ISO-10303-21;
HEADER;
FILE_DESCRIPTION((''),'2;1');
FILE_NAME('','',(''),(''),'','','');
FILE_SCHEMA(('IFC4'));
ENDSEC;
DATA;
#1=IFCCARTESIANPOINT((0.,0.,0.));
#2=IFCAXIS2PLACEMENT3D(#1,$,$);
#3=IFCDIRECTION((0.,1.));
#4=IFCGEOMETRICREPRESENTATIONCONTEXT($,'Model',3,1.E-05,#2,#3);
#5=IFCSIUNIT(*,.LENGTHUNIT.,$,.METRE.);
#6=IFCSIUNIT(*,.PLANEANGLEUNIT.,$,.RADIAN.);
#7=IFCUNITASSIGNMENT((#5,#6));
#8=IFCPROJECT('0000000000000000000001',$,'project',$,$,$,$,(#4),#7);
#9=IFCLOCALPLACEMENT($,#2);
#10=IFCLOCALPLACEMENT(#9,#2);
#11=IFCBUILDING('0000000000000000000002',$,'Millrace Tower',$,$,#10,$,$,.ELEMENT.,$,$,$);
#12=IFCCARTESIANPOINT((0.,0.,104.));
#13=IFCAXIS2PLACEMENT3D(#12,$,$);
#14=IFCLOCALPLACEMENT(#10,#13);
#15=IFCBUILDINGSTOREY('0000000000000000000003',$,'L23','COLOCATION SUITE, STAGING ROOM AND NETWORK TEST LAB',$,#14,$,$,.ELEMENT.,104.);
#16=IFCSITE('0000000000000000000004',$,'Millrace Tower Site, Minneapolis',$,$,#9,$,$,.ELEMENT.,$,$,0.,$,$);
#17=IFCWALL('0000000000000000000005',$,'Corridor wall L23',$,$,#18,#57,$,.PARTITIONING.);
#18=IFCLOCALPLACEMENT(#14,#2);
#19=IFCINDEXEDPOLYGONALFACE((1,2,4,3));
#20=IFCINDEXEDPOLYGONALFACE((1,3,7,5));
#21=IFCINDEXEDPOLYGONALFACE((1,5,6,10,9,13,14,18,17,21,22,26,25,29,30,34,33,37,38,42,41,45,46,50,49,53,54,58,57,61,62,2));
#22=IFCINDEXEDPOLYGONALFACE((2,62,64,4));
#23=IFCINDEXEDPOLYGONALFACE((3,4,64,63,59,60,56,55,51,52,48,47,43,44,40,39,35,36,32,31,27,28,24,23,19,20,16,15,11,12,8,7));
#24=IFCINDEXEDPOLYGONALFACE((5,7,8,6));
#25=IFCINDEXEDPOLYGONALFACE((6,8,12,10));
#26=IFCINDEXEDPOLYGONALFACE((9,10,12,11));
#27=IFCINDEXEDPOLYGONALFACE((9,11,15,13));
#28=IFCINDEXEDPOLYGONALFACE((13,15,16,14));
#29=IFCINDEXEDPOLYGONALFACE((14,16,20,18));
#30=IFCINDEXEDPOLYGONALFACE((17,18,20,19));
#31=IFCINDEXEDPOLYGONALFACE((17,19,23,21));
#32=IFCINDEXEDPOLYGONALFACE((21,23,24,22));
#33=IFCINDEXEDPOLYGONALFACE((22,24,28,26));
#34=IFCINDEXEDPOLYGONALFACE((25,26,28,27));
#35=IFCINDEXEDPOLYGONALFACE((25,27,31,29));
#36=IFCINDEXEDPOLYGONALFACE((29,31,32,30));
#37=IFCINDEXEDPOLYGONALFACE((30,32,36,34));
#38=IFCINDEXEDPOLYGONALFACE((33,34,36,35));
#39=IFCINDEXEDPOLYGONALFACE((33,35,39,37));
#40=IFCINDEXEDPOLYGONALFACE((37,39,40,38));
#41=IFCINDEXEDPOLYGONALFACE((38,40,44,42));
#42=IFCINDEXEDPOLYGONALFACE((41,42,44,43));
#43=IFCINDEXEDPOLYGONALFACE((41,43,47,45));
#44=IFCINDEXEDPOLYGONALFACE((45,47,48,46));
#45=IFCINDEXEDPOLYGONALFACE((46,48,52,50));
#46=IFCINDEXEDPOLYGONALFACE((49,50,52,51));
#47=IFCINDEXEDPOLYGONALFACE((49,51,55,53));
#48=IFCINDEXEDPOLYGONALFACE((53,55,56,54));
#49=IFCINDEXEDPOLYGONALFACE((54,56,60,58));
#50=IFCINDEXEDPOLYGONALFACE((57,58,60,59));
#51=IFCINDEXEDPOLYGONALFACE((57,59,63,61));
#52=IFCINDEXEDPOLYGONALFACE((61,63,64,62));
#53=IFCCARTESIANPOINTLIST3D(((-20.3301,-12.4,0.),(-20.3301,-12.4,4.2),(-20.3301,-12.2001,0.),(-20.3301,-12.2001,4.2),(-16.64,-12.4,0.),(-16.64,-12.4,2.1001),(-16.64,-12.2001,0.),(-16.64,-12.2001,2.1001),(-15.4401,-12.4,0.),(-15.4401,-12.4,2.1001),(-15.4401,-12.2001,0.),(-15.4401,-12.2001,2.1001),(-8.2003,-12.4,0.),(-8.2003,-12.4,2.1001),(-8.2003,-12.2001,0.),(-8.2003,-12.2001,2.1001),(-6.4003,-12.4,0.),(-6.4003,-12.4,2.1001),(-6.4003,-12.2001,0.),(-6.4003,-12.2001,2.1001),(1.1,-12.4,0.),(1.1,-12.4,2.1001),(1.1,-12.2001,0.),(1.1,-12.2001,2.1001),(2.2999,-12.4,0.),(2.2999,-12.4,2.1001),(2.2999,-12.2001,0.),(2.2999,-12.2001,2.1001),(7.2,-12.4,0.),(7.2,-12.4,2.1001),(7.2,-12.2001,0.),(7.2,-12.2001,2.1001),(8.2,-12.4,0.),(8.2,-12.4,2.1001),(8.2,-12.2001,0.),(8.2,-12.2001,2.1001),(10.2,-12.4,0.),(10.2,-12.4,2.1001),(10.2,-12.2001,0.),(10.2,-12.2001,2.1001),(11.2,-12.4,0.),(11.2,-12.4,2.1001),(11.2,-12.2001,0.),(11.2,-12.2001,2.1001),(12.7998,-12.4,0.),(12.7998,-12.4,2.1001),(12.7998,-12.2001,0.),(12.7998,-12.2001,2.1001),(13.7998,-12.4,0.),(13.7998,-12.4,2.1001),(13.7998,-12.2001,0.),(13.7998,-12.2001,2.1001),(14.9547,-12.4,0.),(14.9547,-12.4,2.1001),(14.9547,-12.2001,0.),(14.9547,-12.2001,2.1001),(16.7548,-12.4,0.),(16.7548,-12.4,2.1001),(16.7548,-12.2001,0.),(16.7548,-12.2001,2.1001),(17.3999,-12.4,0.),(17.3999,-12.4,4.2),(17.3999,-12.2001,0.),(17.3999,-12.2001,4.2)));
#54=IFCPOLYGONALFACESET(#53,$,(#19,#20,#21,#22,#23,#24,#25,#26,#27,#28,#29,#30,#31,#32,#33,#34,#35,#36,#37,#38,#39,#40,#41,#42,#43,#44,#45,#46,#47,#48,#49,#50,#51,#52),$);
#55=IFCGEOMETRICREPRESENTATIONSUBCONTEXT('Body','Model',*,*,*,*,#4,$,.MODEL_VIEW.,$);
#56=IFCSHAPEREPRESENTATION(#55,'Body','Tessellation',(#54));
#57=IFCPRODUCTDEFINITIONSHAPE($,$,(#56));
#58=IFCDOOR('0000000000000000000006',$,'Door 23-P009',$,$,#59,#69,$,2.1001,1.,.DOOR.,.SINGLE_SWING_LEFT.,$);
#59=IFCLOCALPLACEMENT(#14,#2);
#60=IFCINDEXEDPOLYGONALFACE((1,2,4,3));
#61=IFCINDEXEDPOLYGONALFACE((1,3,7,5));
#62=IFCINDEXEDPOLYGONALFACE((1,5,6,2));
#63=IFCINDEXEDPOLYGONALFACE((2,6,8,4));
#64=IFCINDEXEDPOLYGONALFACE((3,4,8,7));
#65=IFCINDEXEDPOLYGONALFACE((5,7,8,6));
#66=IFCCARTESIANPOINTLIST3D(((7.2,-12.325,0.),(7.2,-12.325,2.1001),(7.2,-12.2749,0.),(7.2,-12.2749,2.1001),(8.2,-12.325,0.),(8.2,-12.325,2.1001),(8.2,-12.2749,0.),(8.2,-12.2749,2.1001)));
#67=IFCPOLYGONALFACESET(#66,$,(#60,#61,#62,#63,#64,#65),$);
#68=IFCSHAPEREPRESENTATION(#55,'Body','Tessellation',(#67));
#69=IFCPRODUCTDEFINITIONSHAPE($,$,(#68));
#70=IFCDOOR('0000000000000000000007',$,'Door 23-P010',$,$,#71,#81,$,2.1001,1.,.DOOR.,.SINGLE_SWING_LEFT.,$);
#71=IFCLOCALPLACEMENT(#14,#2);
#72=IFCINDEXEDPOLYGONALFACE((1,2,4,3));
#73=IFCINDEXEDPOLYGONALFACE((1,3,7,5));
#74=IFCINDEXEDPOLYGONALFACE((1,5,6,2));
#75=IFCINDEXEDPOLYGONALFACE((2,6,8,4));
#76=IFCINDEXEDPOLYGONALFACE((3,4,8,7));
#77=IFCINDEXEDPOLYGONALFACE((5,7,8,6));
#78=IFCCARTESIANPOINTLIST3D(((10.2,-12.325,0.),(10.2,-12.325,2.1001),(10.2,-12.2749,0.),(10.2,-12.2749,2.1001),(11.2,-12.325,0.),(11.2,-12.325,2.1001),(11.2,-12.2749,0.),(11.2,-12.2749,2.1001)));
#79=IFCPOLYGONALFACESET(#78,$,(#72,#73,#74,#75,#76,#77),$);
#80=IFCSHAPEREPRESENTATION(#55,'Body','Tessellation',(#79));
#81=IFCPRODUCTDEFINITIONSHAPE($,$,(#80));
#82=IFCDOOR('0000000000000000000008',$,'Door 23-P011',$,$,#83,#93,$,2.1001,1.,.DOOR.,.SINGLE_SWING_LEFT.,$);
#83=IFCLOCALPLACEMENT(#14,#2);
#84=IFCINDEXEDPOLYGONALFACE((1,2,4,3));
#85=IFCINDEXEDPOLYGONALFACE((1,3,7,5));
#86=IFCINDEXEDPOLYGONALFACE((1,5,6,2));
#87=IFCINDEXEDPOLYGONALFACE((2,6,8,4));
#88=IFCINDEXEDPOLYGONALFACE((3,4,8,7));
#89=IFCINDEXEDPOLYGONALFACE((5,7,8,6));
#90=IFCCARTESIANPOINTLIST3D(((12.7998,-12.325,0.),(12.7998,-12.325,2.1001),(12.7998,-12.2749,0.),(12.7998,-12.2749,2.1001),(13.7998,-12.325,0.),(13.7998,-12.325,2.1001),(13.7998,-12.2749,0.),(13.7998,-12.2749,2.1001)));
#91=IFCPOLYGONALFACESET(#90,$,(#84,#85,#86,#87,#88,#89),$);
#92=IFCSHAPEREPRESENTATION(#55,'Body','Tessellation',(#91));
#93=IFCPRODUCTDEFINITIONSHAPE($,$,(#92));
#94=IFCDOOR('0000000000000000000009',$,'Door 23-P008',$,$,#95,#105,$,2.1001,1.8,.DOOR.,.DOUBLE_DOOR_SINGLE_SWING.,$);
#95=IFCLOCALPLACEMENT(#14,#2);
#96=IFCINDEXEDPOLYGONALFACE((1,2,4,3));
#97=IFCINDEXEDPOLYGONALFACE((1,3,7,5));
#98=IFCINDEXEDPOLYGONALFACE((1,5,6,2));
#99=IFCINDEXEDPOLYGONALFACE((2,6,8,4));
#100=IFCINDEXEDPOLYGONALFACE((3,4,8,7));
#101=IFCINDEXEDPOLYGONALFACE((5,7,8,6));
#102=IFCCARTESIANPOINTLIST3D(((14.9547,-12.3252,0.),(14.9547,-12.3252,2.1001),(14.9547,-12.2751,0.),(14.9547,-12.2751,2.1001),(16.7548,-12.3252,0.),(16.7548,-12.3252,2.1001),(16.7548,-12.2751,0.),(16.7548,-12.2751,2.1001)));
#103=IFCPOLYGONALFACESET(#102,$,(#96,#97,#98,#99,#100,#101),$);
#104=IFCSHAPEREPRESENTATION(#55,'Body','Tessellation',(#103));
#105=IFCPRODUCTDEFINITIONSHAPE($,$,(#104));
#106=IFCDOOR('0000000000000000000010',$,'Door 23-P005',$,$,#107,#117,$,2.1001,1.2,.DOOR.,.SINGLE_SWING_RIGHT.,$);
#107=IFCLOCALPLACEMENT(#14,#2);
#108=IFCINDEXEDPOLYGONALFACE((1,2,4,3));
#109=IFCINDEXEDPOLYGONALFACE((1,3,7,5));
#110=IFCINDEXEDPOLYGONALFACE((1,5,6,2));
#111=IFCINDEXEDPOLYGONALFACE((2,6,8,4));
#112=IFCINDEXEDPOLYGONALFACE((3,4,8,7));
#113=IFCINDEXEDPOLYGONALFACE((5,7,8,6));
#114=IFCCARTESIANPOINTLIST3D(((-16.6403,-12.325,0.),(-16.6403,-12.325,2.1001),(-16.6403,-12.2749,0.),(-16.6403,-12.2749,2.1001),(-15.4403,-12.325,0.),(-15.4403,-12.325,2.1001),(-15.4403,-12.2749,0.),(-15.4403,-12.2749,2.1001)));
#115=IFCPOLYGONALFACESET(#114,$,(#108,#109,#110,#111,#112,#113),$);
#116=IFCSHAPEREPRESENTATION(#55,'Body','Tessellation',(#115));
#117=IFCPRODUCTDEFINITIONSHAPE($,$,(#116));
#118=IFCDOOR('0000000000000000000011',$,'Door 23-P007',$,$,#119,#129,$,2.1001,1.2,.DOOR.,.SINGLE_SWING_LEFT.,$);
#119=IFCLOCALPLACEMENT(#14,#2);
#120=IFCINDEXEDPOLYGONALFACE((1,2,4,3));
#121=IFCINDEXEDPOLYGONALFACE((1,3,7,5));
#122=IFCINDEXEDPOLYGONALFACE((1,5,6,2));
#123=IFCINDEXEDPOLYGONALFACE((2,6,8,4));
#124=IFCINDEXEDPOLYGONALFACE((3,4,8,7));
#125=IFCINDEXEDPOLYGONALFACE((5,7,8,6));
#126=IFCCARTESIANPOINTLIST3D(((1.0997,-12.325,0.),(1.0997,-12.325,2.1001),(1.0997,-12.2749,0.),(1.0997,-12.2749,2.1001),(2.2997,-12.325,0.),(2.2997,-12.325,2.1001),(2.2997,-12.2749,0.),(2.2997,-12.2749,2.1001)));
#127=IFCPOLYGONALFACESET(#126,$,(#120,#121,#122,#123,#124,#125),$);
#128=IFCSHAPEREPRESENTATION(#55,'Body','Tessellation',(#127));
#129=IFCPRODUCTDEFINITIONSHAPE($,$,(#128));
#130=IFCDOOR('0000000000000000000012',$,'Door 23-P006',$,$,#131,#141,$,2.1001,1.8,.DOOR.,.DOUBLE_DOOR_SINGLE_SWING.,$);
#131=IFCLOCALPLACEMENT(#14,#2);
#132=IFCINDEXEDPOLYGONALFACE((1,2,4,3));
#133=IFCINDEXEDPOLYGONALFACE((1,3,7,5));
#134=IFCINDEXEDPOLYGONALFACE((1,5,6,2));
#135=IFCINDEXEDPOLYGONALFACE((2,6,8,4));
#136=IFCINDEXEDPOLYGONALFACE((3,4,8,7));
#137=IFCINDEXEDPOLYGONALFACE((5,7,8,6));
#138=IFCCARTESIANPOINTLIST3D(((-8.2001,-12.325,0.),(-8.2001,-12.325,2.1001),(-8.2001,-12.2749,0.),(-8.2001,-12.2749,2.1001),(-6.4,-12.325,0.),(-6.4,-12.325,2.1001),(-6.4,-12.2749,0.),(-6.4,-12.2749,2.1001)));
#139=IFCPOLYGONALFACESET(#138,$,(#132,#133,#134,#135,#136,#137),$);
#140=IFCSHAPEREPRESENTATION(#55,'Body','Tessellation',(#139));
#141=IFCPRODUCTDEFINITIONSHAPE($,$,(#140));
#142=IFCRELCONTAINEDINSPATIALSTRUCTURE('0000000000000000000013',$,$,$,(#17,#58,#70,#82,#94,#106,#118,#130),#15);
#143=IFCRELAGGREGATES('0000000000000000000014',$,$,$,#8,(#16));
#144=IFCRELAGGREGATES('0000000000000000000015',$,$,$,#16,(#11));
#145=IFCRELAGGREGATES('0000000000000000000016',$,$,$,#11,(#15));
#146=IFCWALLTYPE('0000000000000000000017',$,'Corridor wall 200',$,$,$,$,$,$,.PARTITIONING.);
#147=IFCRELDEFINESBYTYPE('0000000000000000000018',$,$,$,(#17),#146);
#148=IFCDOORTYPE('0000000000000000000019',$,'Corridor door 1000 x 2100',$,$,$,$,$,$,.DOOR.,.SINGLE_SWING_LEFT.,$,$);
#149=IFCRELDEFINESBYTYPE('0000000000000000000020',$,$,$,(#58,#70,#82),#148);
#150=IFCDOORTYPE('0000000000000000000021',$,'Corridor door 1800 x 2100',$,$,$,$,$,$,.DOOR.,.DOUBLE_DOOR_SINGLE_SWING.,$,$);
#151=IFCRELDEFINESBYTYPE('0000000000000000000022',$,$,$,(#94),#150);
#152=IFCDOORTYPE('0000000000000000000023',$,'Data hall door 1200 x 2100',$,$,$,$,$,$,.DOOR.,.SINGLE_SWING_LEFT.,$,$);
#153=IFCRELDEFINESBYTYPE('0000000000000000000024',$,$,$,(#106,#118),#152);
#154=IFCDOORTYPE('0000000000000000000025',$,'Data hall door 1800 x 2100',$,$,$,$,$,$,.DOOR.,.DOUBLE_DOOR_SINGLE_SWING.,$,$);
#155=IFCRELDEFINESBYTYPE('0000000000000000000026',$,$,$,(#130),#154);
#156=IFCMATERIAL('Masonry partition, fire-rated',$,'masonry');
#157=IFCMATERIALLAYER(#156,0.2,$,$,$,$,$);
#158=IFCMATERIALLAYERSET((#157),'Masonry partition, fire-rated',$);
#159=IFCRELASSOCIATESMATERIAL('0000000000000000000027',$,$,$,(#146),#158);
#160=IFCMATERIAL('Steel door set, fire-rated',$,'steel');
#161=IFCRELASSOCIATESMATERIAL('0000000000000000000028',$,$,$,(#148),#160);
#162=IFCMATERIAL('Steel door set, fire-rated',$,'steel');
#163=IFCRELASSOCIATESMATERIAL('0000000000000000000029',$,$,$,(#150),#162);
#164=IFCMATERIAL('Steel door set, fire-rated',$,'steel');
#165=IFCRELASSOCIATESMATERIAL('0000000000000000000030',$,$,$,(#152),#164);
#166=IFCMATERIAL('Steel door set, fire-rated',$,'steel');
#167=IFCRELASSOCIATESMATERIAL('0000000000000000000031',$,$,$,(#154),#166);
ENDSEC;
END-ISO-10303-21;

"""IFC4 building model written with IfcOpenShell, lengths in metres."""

from ifc_helpers import new_model, si_unit, direction, frame, frame_2d, origin, place, context, subcontext, project, spatial, rectangle, extrude, material, layer, layer_set, type_object, element, fill, save


model = new_model("IFC4")

# Units and contexts
model_context = context("Model", 3, precision=1e-05, world=origin(), true_north=direction((0.0, 1.0)))
body_context = subcontext(model_context, "Body", "Model", "MODEL_VIEW")
ifc_project = project(units=[si_unit("LENGTHUNIT", "METRE"), si_unit("PLANEANGLEUNIT", "RADIAN")], contexts=[model_context])

# Site, building, storey
site_placement = place(None, origin())
site = spatial("IfcSite", under=ifc_project, at=site_placement, Name="Millrace Tower Site, Minneapolis", CompositionType="ELEMENT", RefElevation=0.0)
building_placement = place(site_placement, origin())
building = spatial("IfcBuilding", under=site, at=building_placement, Name="Millrace Tower", CompositionType="ELEMENT")
storey_placement = place(building_placement, frame((0.0, 0.0, 104.0)))
storey = spatial("IfcBuildingStorey", under=building, at=storey_placement, Name="L23", Description="COLOCATION SUITE, STAGING ROOM AND NETWORK TEST LAB", CompositionType="ELEMENT", Elevation=104.0)

# Wall, openings, doors
ifc_material_1 = material(Name="Masonry partition, fire-rated", Category="masonry")
ifc_layer_1 = layer(ifc_material_1, 0.2)
ifc_layer_set_1 = layer_set([ifc_layer_1], Name="Masonry partition, fire-rated")
wall_type = type_object("IfcWallType", Name="Corridor wall 200", PredefinedType="PARTITIONING", material=ifc_layer_set_1)
wall_placement = place(storey_placement, frame((-20.3301, -12.3, 0.0), z_axis=(0.0, 0.0, 1.0), x_axis=(1.0, 0.0, 0.0)))
wall = element("IfcWall", 1, at=wall_placement, inside=storey, type_object=wall_type, Name="Corridor wall L23", PredefinedType="PARTITIONING", context=body_context, shape_type="SweptSolid", body=[
    extrude(rectangle(XDim=37.73, YDim=0.2, at=frame_2d((18.865, 0.0))), origin(), (0.0, 0.0, 1.0), 4.2),
])
opening_1_placement = place(wall_placement, frame((3.6899, 0.0, 0.0)))
opening_1 = element("IfcOpeningElement", 2, at=opening_1_placement, cuts=wall, PredefinedType="OPENING", context=body_context, shape_type="SweptSolid", body=[
    extrude(rectangle(XDim=1.2, YDim=2.1001, at=frame_2d((0.6001, 1.05))), frame((0.0, 0.1099, 0.0), z_axis=(0.0, -1.0, 0.0), x_axis=(1.0, 0.0, 0.0)), (0.0, 0.0, 1.0), 0.22),
])
opening_2_placement = place(wall_placement, frame((12.1299, 0.0, 0.0)))
opening_2 = element("IfcOpeningElement", 3, at=opening_2_placement, cuts=wall, PredefinedType="OPENING", context=body_context, shape_type="SweptSolid", body=[
    extrude(rectangle(XDim=1.8, YDim=2.1001, at=frame_2d((0.8999, 1.05))), frame((0.0, 0.1099, 0.0), z_axis=(0.0, -1.0, 0.0), x_axis=(1.0, 0.0, 0.0)), (0.0, 0.0, 1.0), 0.22),
])
opening_3_placement = place(wall_placement, frame((21.4299, 0.0, 0.0)))
opening_3 = element("IfcOpeningElement", 4, at=opening_3_placement, cuts=wall, PredefinedType="OPENING", context=body_context, shape_type="SweptSolid", body=[
    extrude(rectangle(XDim=1.2, YDim=2.1001, at=frame_2d((0.6001, 1.05))), frame((0.0, 0.1099, 0.0), z_axis=(0.0, -1.0, 0.0), x_axis=(1.0, 0.0, 0.0)), (0.0, 0.0, 1.0), 0.22),
])
opening_4_placement = place(wall_placement, frame((35.2849, 0.0, 0.0)))
opening_4 = element("IfcOpeningElement", 5, at=opening_4_placement, cuts=wall, PredefinedType="OPENING", context=body_context, shape_type="SweptSolid", body=[
    extrude(rectangle(XDim=1.8, YDim=2.1001, at=frame_2d((0.8999, 1.05))), frame((0.0, 0.1099, 0.0), z_axis=(0.0, -1.0, 0.0), x_axis=(1.0, 0.0, 0.0)), (0.0, 0.0, 1.0), 0.22),
])
opening_5_placement = place(wall_placement, frame((27.53, 0.0, 0.0)))
opening_5 = element("IfcOpeningElement", 6, at=opening_5_placement, cuts=wall, PredefinedType="OPENING", context=body_context, shape_type="SweptSolid", body=[
    extrude(rectangle(XDim=1.0, YDim=2.1001, at=frame_2d((0.5, 1.05))), frame((0.0, 0.1099, 0.0), z_axis=(0.0, -1.0, 0.0), x_axis=(1.0, 0.0, 0.0)), (0.0, 0.0, 1.0), 0.22),
])
opening_6_placement = place(wall_placement, frame((30.53, 0.0, 0.0)))
opening_6 = element("IfcOpeningElement", 7, at=opening_6_placement, cuts=wall, PredefinedType="OPENING", context=body_context, shape_type="SweptSolid", body=[
    extrude(rectangle(XDim=1.0, YDim=2.1001, at=frame_2d((0.5, 1.05))), frame((0.0, 0.1099, 0.0), z_axis=(0.0, -1.0, 0.0), x_axis=(1.0, 0.0, 0.0)), (0.0, 0.0, 1.0), 0.22),
])
opening_7_placement = place(wall_placement, frame((33.1299, 0.0, 0.0)))
opening_7 = element("IfcOpeningElement", 8, at=opening_7_placement, cuts=wall, PredefinedType="OPENING", context=body_context, shape_type="SweptSolid", body=[
    extrude(rectangle(XDim=1.0, YDim=2.1001, at=frame_2d((0.5, 1.05))), frame((0.0, 0.1099, 0.0), z_axis=(0.0, -1.0, 0.0), x_axis=(1.0, 0.0, 0.0)), (0.0, 0.0, 1.0), 0.22),
])
ifc_material_2 = material(Name="Steel door set, fire-rated", Category="steel")
door_type_1 = type_object("IfcDoorType", Name="Corridor door 1000 x 2100", OperationType="SINGLE_SWING_LEFT", PredefinedType="DOOR", material=ifc_material_2)
door_1_placement = place(opening_5_placement, frame((1.0, 0.0, 0.0), z_axis=(0.0, 0.0, 1.0), x_axis=(-1.0, 0.0, 0.0)))
door_1 = element("IfcDoor", 9, at=door_1_placement, inside=storey, type_object=door_type_1, Name="Door 23-P009", OperationType="SINGLE_SWING_LEFT", OverallHeight=2.1001, OverallWidth=1.0, PredefinedType="DOOR", context=body_context, shape_type="SweptSolid", body=[
    extrude(rectangle(XDim=1.0, YDim=2.1001, at=frame_2d((0.5, 1.05))), frame((0.0, 0.0249, 0.0), z_axis=(0.0, -1.0, 0.0), x_axis=(1.0, 0.0, 0.0)), (0.0, 0.0, 1.0), 0.05),
])
fill(opening_5, door_1)
door_2_placement = place(opening_6_placement, frame((1.0, 0.0, 0.0), z_axis=(0.0, 0.0, 1.0), x_axis=(-1.0, 0.0, 0.0)))
door_2 = element("IfcDoor", 10, at=door_2_placement, inside=storey, type_object=door_type_1, Name="Door 23-P010", OperationType="SINGLE_SWING_LEFT", OverallHeight=2.1001, OverallWidth=1.0, PredefinedType="DOOR", context=body_context, shape_type="SweptSolid", body=[
    extrude(rectangle(XDim=1.0, YDim=2.1001, at=frame_2d((0.5, 1.05))), frame((0.0, 0.0249, 0.0), z_axis=(0.0, -1.0, 0.0), x_axis=(1.0, 0.0, 0.0)), (0.0, 0.0, 1.0), 0.05),
])
fill(opening_6, door_2)
door_3_placement = place(opening_7_placement, frame((1.0, 0.0, 0.0), z_axis=(0.0, 0.0, 1.0), x_axis=(-1.0, 0.0, 0.0)))
door_3 = element("IfcDoor", 11, at=door_3_placement, inside=storey, type_object=door_type_1, Name="Door 23-P011", OperationType="SINGLE_SWING_LEFT", OverallHeight=2.1001, OverallWidth=1.0, PredefinedType="DOOR", context=body_context, shape_type="SweptSolid", body=[
    extrude(rectangle(XDim=1.0, YDim=2.1001, at=frame_2d((0.5, 1.05))), frame((0.0, 0.0249, 0.0), z_axis=(0.0, -1.0, 0.0), x_axis=(1.0, 0.0, 0.0)), (0.0, 0.0, 1.0), 0.05),
])
fill(opening_7, door_3)
ifc_material_3 = material(Name="Steel door set, fire-rated", Category="steel")
door_type_2 = type_object("IfcDoorType", Name="Corridor door 1800 x 2100", OperationType="DOUBLE_DOOR_SINGLE_SWING", PredefinedType="DOOR", material=ifc_material_3)
door_4_placement = place(opening_4_placement, origin())
door_4 = element("IfcDoor", 12, at=door_4_placement, inside=storey, type_object=door_type_2, Name="Door 23-P008", OperationType="DOUBLE_DOOR_SINGLE_SWING", OverallHeight=2.1001, OverallWidth=1.8, PredefinedType="DOOR", context=body_context, shape_type="SweptSolid", body=[
    extrude(rectangle(XDim=1.8, YDim=2.1001, at=frame_2d((0.8999, 1.05))), frame((0.0, 0.0249, 0.0), z_axis=(0.0, -1.0, 0.0), x_axis=(1.0, 0.0, 0.0)), (0.0, 0.0, 1.0), 0.05),
])
fill(opening_4, door_4)
ifc_material_4 = material(Name="Steel door set, fire-rated", Category="steel")
door_type_3 = type_object("IfcDoorType", Name="Data hall door 1200 x 2100", OperationType="SINGLE_SWING_LEFT", PredefinedType="DOOR", material=ifc_material_4)
door_5_placement = place(opening_1_placement, frame((1.2, 0.0, 0.0), z_axis=(0.0, 0.0, 1.0), x_axis=(-1.0, 0.0, 0.0)))
door_5 = element("IfcDoor", 13, at=door_5_placement, inside=storey, type_object=door_type_3, Name="Door 23-P005", OperationType="SINGLE_SWING_RIGHT", OverallHeight=2.1001, OverallWidth=1.2, PredefinedType="DOOR", context=body_context, shape_type="SweptSolid", body=[
    extrude(rectangle(XDim=1.2, YDim=2.1001, at=frame_2d((0.6001, 1.05))), frame((0.0, 0.0249, 0.0), z_axis=(0.0, -1.0, 0.0), x_axis=(1.0, 0.0, 0.0)), (0.0, 0.0, 1.0), 0.05),
])
fill(opening_1, door_5)
door_6_placement = place(opening_3_placement, frame((1.2, 0.0, 0.0), z_axis=(0.0, 0.0, 1.0), x_axis=(-1.0, 0.0, 0.0)))
door_6 = element("IfcDoor", 14, at=door_6_placement, inside=storey, type_object=door_type_3, Name="Door 23-P007", OperationType="SINGLE_SWING_LEFT", OverallHeight=2.1001, OverallWidth=1.2, PredefinedType="DOOR", context=body_context, shape_type="SweptSolid", body=[
    extrude(rectangle(XDim=1.2, YDim=2.1001, at=frame_2d((0.6001, 1.05))), frame((0.0, 0.0249, 0.0), z_axis=(0.0, -1.0, 0.0), x_axis=(1.0, 0.0, 0.0)), (0.0, 0.0, 1.0), 0.05),
])
fill(opening_3, door_6)
ifc_material_5 = material(Name="Steel door set, fire-rated", Category="steel")
door_type_4 = type_object("IfcDoorType", Name="Data hall door 1800 x 2100", OperationType="DOUBLE_DOOR_SINGLE_SWING", PredefinedType="DOOR", material=ifc_material_5)
door_7_placement = place(opening_2_placement, frame((1.8, 0.0, 0.0), z_axis=(0.0, 0.0, 1.0), x_axis=(-1.0, 0.0, 0.0)))
door_7 = element("IfcDoor", 15, at=door_7_placement, inside=storey, type_object=door_type_4, Name="Door 23-P006", OperationType="DOUBLE_DOOR_SINGLE_SWING", OverallHeight=2.1001, OverallWidth=1.8, PredefinedType="DOOR", context=body_context, shape_type="SweptSolid", body=[
    extrude(rectangle(XDim=1.8, YDim=2.1001, at=frame_2d((0.8999, 1.05))), frame((0.0, 0.0249, 0.0), z_axis=(0.0, -1.0, 0.0), x_axis=(1.0, 0.0, 0.0)), (0.0, 0.0, 1.0), 0.05),
])
fill(opening_2, door_7)

save(model, "model.ifc")
